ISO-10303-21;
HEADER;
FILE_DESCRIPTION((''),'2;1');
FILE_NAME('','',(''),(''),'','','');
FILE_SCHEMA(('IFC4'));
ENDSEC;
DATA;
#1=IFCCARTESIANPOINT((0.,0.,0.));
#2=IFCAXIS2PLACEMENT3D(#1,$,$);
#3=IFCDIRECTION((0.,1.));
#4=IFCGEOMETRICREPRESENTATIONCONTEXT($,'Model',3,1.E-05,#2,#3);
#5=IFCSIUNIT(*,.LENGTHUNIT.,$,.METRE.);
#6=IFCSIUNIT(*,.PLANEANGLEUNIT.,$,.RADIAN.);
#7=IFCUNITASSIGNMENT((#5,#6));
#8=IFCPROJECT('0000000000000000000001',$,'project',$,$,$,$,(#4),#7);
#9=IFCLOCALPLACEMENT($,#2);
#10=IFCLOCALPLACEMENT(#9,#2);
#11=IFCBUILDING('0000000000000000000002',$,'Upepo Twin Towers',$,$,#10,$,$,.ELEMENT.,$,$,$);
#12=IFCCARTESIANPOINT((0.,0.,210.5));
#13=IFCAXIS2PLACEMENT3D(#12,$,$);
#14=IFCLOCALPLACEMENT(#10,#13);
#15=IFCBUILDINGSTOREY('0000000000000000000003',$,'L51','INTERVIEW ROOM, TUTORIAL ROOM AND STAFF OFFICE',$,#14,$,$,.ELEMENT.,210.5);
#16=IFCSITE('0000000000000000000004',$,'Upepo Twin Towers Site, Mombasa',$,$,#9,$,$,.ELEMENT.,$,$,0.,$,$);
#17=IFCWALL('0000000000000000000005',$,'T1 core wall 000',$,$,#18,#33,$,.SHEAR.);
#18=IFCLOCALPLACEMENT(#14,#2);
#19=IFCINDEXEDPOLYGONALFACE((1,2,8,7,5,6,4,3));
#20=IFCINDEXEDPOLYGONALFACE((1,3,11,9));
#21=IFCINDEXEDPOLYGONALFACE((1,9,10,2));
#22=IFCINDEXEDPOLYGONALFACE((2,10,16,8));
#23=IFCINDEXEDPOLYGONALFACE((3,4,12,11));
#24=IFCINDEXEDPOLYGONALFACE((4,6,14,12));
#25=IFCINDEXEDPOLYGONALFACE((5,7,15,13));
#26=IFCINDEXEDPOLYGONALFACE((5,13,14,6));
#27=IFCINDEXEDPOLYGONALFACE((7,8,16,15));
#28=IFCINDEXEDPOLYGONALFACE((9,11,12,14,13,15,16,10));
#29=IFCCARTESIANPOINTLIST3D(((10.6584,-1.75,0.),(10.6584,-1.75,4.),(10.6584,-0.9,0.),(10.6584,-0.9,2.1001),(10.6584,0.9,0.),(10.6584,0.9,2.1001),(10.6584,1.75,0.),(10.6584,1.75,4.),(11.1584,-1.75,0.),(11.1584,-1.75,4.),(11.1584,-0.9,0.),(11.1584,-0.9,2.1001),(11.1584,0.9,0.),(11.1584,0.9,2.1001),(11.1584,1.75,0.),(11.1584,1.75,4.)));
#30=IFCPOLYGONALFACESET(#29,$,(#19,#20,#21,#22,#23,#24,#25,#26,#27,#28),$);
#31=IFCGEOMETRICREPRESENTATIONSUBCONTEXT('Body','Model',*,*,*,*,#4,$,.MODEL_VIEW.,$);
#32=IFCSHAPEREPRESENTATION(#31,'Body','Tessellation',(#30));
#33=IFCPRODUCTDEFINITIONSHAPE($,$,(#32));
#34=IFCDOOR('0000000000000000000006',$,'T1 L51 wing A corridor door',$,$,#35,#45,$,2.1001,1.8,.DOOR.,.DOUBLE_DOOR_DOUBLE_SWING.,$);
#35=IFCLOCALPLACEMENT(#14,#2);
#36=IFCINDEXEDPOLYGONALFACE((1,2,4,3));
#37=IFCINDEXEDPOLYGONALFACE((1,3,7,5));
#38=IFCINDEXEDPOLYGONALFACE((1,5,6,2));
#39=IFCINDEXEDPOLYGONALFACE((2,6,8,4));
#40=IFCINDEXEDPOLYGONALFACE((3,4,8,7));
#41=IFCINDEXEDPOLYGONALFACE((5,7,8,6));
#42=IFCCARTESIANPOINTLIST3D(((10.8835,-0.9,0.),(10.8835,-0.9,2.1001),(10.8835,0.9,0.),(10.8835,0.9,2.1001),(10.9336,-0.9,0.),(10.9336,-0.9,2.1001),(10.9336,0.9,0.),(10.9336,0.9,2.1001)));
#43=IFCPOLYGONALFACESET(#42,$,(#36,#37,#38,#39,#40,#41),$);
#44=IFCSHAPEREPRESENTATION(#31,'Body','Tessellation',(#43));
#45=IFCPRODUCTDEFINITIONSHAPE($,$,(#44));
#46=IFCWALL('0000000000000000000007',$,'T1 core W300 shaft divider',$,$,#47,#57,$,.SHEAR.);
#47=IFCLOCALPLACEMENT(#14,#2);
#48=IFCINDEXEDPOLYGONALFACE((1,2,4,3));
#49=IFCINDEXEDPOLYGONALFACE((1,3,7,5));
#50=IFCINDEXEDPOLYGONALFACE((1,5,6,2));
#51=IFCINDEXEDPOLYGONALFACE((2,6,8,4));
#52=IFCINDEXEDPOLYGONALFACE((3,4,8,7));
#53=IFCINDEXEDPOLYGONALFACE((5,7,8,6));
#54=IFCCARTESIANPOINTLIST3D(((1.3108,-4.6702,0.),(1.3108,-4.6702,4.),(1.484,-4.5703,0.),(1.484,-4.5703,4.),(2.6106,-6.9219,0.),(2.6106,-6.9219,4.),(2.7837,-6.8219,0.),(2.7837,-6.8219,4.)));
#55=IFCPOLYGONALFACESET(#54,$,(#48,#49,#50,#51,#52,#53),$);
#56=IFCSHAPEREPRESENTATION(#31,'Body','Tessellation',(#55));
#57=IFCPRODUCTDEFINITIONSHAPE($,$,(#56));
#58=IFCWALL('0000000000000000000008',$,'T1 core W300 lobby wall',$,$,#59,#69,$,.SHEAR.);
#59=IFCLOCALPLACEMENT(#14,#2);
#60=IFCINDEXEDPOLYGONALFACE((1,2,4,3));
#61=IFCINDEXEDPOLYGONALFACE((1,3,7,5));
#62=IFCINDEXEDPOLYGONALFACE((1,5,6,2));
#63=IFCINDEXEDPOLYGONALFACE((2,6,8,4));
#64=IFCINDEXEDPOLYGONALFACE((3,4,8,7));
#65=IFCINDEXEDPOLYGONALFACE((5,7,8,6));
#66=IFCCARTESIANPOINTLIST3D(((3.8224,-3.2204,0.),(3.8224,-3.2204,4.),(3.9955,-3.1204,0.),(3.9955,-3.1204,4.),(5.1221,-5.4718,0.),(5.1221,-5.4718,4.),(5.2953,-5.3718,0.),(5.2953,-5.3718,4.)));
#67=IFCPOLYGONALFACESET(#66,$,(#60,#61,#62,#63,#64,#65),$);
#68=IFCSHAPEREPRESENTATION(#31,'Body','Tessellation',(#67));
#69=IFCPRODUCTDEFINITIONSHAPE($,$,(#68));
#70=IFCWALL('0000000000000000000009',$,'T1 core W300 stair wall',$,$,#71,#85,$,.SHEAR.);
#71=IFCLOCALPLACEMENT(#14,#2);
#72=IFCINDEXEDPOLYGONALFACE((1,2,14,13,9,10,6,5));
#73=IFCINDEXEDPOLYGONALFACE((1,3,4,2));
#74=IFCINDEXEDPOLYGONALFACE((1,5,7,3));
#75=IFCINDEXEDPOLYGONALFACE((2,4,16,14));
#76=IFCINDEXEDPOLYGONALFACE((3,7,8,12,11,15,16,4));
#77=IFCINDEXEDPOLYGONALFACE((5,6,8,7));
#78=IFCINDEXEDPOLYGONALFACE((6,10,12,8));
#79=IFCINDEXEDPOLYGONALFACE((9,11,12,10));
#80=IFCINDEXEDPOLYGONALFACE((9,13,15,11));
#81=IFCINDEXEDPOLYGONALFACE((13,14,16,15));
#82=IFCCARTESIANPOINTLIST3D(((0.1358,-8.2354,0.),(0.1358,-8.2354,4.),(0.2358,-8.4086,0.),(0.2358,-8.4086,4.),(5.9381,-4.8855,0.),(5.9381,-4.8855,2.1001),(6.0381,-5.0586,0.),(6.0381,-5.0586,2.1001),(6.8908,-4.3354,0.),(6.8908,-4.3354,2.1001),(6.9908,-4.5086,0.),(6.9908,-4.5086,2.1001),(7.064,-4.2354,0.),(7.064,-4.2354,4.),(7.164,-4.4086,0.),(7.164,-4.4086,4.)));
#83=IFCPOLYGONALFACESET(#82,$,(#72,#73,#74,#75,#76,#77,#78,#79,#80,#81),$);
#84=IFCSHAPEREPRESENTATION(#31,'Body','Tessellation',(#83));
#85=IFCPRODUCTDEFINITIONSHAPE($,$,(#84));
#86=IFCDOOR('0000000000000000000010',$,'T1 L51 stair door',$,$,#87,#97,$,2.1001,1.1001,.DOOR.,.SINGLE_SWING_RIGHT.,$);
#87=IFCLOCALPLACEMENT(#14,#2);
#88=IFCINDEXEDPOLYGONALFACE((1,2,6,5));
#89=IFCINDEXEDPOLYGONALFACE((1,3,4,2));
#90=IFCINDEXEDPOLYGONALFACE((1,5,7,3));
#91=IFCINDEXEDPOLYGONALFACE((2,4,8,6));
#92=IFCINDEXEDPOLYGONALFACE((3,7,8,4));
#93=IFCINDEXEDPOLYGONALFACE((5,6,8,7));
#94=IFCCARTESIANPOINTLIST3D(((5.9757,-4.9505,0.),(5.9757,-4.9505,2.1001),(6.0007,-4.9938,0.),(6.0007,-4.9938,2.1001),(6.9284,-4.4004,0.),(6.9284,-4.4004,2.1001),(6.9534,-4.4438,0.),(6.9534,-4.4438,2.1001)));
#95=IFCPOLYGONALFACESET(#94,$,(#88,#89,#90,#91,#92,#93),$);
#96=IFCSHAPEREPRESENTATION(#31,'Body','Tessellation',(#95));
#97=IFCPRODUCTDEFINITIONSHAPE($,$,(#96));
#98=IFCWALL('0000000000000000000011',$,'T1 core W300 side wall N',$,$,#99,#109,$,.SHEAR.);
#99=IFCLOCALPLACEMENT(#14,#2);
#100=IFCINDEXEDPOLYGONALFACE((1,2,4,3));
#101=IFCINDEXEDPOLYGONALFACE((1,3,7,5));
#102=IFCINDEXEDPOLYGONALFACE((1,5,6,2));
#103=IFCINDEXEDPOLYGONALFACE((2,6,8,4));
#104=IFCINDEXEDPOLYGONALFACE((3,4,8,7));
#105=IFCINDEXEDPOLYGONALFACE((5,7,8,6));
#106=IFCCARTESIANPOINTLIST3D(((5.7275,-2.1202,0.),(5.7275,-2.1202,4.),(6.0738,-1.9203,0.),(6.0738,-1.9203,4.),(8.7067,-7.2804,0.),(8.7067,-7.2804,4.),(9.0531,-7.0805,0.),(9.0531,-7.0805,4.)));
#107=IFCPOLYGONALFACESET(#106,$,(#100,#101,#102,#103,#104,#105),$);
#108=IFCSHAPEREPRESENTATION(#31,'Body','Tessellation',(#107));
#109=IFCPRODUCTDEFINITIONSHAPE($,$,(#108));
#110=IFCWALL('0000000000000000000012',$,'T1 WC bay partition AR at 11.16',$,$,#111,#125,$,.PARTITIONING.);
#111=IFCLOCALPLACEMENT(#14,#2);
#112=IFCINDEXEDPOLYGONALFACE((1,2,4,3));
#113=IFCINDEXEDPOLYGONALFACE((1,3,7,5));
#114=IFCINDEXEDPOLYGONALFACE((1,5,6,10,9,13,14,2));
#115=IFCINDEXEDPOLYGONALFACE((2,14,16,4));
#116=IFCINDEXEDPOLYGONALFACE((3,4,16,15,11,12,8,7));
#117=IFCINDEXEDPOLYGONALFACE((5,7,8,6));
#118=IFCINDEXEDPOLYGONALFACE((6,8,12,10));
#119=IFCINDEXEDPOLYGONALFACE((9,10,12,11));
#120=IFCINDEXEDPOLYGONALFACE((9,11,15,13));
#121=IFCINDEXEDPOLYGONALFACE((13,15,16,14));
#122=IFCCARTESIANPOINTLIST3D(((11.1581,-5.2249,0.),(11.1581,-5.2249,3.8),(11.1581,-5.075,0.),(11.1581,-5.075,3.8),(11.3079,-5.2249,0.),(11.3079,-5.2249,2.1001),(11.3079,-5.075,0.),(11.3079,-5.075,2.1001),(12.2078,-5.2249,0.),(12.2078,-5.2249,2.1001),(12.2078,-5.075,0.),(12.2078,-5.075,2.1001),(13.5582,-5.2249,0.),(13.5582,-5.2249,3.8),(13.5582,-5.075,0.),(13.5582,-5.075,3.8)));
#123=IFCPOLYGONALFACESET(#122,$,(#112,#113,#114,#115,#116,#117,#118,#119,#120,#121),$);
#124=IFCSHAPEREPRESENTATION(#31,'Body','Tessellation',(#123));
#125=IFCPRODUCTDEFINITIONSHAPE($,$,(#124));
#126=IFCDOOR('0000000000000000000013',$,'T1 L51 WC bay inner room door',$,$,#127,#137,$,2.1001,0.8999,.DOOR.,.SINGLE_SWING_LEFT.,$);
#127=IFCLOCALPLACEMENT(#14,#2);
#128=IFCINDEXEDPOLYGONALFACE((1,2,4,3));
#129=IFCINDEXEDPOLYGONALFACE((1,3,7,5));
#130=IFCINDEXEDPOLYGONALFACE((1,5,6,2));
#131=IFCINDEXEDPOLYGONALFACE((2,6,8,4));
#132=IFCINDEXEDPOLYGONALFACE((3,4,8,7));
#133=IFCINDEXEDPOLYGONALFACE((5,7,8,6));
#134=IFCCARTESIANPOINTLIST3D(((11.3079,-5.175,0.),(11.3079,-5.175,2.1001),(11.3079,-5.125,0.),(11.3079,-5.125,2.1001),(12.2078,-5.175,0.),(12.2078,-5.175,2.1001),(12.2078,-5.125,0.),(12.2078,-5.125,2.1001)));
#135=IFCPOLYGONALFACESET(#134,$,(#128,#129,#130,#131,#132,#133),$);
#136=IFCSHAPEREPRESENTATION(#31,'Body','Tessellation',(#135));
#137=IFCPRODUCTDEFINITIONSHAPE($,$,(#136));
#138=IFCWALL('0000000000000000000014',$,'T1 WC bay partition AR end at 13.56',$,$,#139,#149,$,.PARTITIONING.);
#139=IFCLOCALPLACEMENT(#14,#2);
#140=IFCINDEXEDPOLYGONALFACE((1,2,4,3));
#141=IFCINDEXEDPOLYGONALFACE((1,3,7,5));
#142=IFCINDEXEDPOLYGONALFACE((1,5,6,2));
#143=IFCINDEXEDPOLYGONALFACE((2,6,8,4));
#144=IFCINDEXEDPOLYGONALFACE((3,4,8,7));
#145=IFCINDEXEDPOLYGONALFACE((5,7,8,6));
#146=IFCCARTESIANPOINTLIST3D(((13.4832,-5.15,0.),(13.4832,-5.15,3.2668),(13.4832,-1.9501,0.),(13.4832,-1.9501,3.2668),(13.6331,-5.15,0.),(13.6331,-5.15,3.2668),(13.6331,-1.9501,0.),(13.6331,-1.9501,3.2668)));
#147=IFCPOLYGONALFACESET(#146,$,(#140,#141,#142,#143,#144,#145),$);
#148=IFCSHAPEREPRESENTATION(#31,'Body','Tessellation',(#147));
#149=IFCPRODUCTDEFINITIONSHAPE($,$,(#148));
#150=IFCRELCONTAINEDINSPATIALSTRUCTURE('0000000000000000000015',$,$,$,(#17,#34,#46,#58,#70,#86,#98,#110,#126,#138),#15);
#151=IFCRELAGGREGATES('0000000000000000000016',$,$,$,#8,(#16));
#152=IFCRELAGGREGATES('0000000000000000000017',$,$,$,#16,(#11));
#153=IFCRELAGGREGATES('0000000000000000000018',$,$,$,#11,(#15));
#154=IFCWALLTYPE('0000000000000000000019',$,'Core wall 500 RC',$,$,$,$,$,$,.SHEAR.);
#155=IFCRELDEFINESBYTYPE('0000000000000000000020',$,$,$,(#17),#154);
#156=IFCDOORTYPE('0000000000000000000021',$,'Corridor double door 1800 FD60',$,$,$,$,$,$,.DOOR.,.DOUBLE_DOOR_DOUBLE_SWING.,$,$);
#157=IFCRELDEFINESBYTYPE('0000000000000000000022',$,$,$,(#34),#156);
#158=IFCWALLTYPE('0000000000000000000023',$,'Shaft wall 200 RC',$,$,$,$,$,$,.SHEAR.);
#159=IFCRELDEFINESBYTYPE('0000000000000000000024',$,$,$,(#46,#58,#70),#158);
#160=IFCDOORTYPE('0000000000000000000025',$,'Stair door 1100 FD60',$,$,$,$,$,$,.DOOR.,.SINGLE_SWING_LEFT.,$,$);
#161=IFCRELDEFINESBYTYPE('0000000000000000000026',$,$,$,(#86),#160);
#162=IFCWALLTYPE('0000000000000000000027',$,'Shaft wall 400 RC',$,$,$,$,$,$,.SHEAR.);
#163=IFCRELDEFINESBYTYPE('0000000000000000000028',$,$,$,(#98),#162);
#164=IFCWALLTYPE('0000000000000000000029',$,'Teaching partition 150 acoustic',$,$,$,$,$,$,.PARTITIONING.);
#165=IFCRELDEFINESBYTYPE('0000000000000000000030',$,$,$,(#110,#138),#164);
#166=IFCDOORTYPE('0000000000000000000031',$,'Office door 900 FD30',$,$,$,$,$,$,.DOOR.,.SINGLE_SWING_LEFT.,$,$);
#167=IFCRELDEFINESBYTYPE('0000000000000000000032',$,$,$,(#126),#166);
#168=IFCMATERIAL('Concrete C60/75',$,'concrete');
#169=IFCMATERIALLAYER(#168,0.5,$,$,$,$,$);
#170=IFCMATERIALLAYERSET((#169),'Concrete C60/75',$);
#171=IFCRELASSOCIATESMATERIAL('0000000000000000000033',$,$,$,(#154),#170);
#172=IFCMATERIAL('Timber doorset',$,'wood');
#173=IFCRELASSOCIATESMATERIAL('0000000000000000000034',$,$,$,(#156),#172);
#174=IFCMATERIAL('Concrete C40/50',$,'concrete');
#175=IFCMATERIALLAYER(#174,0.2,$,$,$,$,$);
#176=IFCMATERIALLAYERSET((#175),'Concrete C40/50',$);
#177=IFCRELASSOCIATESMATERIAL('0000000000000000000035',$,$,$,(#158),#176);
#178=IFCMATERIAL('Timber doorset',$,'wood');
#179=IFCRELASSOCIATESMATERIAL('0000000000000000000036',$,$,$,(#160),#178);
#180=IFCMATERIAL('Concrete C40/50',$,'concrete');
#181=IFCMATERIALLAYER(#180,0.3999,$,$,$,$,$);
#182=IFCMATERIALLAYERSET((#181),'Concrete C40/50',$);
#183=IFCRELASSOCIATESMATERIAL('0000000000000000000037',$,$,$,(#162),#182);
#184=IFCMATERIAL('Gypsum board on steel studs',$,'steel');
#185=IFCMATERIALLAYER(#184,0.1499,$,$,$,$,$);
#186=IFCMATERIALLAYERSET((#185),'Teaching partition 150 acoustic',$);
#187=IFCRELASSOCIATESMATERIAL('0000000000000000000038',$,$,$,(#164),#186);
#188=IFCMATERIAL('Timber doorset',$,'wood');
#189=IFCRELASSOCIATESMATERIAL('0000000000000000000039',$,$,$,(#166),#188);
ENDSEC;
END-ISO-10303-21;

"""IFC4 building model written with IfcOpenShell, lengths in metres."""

from ifc_helpers import new_model, si_unit, direction, frame, frame_2d, origin, place, context, subcontext, project, spatial, rectangle, extrude, material, layer, layer_set, type_object, element, fill, save


model = new_model("IFC4")

# Units and contexts
model_context = context("Model", 3, precision=1e-05, world=origin(), true_north=direction((0.0, 1.0)))
body_context = subcontext(model_context, "Body", "Model", "MODEL_VIEW")
ifc_project = project(units=[si_unit("LENGTHUNIT", "METRE"), si_unit("PLANEANGLEUNIT", "RADIAN")], contexts=[model_context])

# Site, building, storey
site_placement = place(None, origin())
site = spatial("IfcSite", under=ifc_project, at=site_placement, Name="Upepo Twin Towers Site, Mombasa", CompositionType="ELEMENT", RefElevation=0.0)
building_placement = place(site_placement, origin())
building = spatial("IfcBuilding", under=site, at=building_placement, Name="Upepo Twin Towers", CompositionType="ELEMENT")
storey_placement = place(building_placement, frame((0.0, 0.0, 210.5)))
storey = spatial("IfcBuildingStorey", under=building, at=storey_placement, Name="L51", Description="INTERVIEW ROOM, TUTORIAL ROOM AND STAFF OFFICE", CompositionType="ELEMENT", Elevation=210.5)

# Shared definitions
ifc_material_1 = material(Name="Concrete C60/75", Category="concrete")
ifc_layer_1 = layer(ifc_material_1, 0.5)
ifc_layer_set_1 = layer_set([ifc_layer_1], Name="Concrete C60/75")
wall_type_1 = type_object("IfcWallType", Name="Core wall 500 RC", PredefinedType="SHEAR", material=ifc_layer_set_1)

# Wall, opening, door
wall_1_placement = place(storey_placement, frame((10.9084, -1.75, 0.0), z_axis=(0.0, 0.0, 1.0), x_axis=(0.0, 1.0, 0.0)))
wall_1 = element("IfcWall", 1, at=wall_1_placement, inside=storey, type_object=wall_type_1, Name="T1 core wall 000", PredefinedType="SHEAR", context=body_context, shape_type="SweptSolid", body=[
    extrude(rectangle(XDim=3.5, YDim=0.5, at=frame_2d((1.75, 0.0))), origin(), (0.0, 0.0, 1.0), 4.0),
])
opening_1_placement = place(wall_1_placement, frame((0.8501, 0.0, 0.0)))
opening_1 = element("IfcOpeningElement", 2, at=opening_1_placement, cuts=wall_1, PredefinedType="OPENING", context=body_context, shape_type="SweptSolid", body=[
    extrude(rectangle(XDim=1.8, YDim=2.1001, at=frame_2d((0.8999, 1.05))), frame((0.0, 0.26, 0.0), z_axis=(0.0, -1.0, 0.0), x_axis=(1.0, 0.0, 0.0)), (0.0, 0.0, 1.0), 0.52),
])
ifc_material_2 = material(Name="Timber doorset", Category="wood")
door_type_1 = type_object("IfcDoorType", Name="Corridor double door 1800 FD60", OperationType="DOUBLE_DOOR_DOUBLE_SWING", PredefinedType="DOOR", material=ifc_material_2)
door_1_placement = place(opening_1_placement, origin())
door_1 = element("IfcDoor", 3, at=door_1_placement, inside=storey, type_object=door_type_1, Name="T1 L51 wing A corridor door", OperationType="DOUBLE_DOOR_DOUBLE_SWING", OverallHeight=2.1001, OverallWidth=1.8, PredefinedType="DOOR", context=body_context, shape_type="SweptSolid", body=[
    extrude(rectangle(XDim=1.8, YDim=2.1001, at=frame_2d((0.8999, 1.05))), frame((0.0, 0.0249, 0.0), z_axis=(0.0, -1.0, 0.0), x_axis=(1.0, 0.0, 0.0)), (0.0, 0.0, 1.0), 0.05),
])
fill(opening_1, door_1)

# Walls
ifc_material_3 = material(Name="Concrete C40/50", Category="concrete")
ifc_layer_2 = layer(ifc_material_3, 0.2)
ifc_layer_set_2 = layer_set([ifc_layer_2], Name="Concrete C40/50")
wall_type_2 = type_object("IfcWallType", Name="Shaft wall 200 RC", PredefinedType="SHEAR", material=ifc_layer_set_2)
wall_2_placement = place(storey_placement, frame((1.3975, -4.6204, 0.0), z_axis=(0.0, 0.0, 1.0), x_axis=(0.499937, -0.866062, 0.0)))
element("IfcWall", 4, at=wall_2_placement, inside=storey, type_object=wall_type_2, Name="T1 core W300 shaft divider", PredefinedType="SHEAR", context=body_context, shape_type="SweptSolid", body=[
    extrude(rectangle(XDim=2.5999, YDim=0.2, at=frame_2d((1.2998, 0.0))), origin(), (0.0, 0.0, 1.0), 4.0),
])
wall_3_placement = place(storey_placement, frame((3.9089, -3.1704, 0.0), z_axis=(0.0, 0.0, 1.0), x_axis=(0.499977, -0.866039, 0.0)))
element("IfcWall", 5, at=wall_3_placement, inside=storey, type_object=wall_type_2, Name="T1 core W300 lobby wall", PredefinedType="SHEAR", context=body_context, shape_type="SweptSolid", body=[
    extrude(rectangle(XDim=2.5996, YDim=0.2, at=frame_2d((1.2998, 0.0))), origin(), (0.0, 0.0, 1.0), 4.0),
])

# Wall, opening, door
wall_4_placement = place(storey_placement, frame((0.1858, -8.322, 0.0), z_axis=(0.0, 0.0, 1.0), x_axis=(0.866026, 0.499999, 0.0)))
wall_4 = element("IfcWall", 6, at=wall_4_placement, inside=storey, type_object=wall_type_2, Name="T1 core W300 stair wall", PredefinedType="SHEAR", context=body_context, shape_type="SweptSolid", body=[
    extrude(rectangle(XDim=8.0, YDim=0.2, at=frame_2d((4.0, 0.0))), origin(), (0.0, 0.0, 1.0), 4.0),
])
opening_2_placement = place(wall_4_placement, frame((6.7, 0.0, 0.0)))
opening_2 = element("IfcOpeningElement", 7, at=opening_2_placement, cuts=wall_4, PredefinedType="OPENING", context=body_context, shape_type="SweptSolid", body=[
    extrude(rectangle(XDim=1.1001, YDim=2.1001, at=frame_2d((0.55, 1.05))), frame((0.0, 0.1099, 0.0), z_axis=(0.0, -1.0, 0.0), x_axis=(1.0, 0.0, 0.0)), (0.0, 0.0, 1.0), 0.22),
])
ifc_material_4 = material(Name="Timber doorset", Category="wood")
door_type_2 = type_object("IfcDoorType", Name="Stair door 1100 FD60", OperationType="SINGLE_SWING_LEFT", PredefinedType="DOOR", material=ifc_material_4)
door_2_placement = place(opening_2_placement, origin())
door_2 = element("IfcDoor", 8, at=door_2_placement, inside=storey, type_object=door_type_2, Name="T1 L51 stair door", OperationType="SINGLE_SWING_RIGHT", OverallHeight=2.1001, OverallWidth=1.1001, PredefinedType="DOOR", context=body_context, shape_type="SweptSolid", body=[
    extrude(rectangle(XDim=1.1001, YDim=2.1001, at=frame_2d((0.55, 1.05))), frame((0.0, 0.0249, 0.0), z_axis=(0.0, -1.0, 0.0), x_axis=(1.0, 0.0, 0.0)), (0.0, 0.0, 1.0), 0.05),
])
fill(opening_2, door_2)

# Wall
ifc_material_5 = material(Name="Concrete C40/50", Category="concrete")
ifc_layer_3 = layer(ifc_material_5, 0.3999)
ifc_layer_set_3 = layer_set([ifc_layer_3], Name="Concrete C40/50")
wall_type_3 = type_object("IfcWallType", Name="Shaft wall 400 RC", PredefinedType="SHEAR", material=ifc_layer_set_3)
wall_5_placement = place(storey_placement, frame((5.9006, -2.0203, 0.0), z_axis=(0.0, 0.0, 1.0), x_axis=(0.500004, -0.866023, 0.0)))
element("IfcWall", 9, at=wall_5_placement, inside=storey, type_object=wall_type_3, Name="T1 core W300 side wall N", PredefinedType="SHEAR", context=body_context, shape_type="SweptSolid", body=[
    extrude(rectangle(XDim=5.9585, YDim=0.3999, at=frame_2d((2.9792, 0.0))), origin(), (0.0, 0.0, 1.0), 4.0),
])

# Wall, opening, door
ifc_material_6 = material(Name="Gypsum board on steel studs", Category="steel")
ifc_layer_4 = layer(ifc_material_6, 0.1499)
ifc_layer_set_4 = layer_set([ifc_layer_4], Name="Teaching partition 150 acoustic")
wall_type_4 = type_object("IfcWallType", Name="Teaching partition 150 acoustic", PredefinedType="PARTITIONING", material=ifc_layer_set_4)
wall_6_placement = place(storey_placement, frame((11.158, -5.1499, 0.0), z_axis=(0.0, 0.0, 1.0), x_axis=(1.0, 0.0, 0.0)))
wall_6 = element("IfcWall", 10, at=wall_6_placement, inside=storey, type_object=wall_type_4, Name="T1 WC bay partition AR at 11.16", PredefinedType="PARTITIONING", context=body_context, shape_type="SweptSolid", body=[
    extrude(rectangle(XDim=2.4001, YDim=0.1499, at=frame_2d((1.2002, 0.0))), origin(), (0.0, 0.0, 1.0), 3.8),
])
opening_3_placement = place(wall_6_placement, frame((0.1499, 0.0, 0.0)))
opening_3 = element("IfcOpeningElement", 11, at=opening_3_placement, cuts=wall_6, PredefinedType="OPENING", context=body_context, shape_type="SweptSolid", body=[
    extrude(rectangle(XDim=0.8999, YDim=2.1001, at=frame_2d((0.45, 1.05))), frame((0.0, 0.085, 0.0), z_axis=(0.0, -1.0, 0.0), x_axis=(1.0, 0.0, 0.0)), (0.0, 0.0, 1.0), 0.1699),
])
ifc_material_7 = material(Name="Timber doorset", Category="wood")
door_type_3 = type_object("IfcDoorType", Name="Office door 900 FD30", OperationType="SINGLE_SWING_LEFT", PredefinedType="DOOR", material=ifc_material_7)
door_3_placement = place(opening_3_placement, origin())
door_3 = element("IfcDoor", 12, at=door_3_placement, inside=storey, type_object=door_type_3, Name="T1 L51 WC bay inner room door", OperationType="SINGLE_SWING_LEFT", OverallHeight=2.1001, OverallWidth=0.8999, PredefinedType="DOOR", context=body_context, shape_type="SweptSolid", body=[
    extrude(rectangle(XDim=0.8999, YDim=2.1001, at=frame_2d((0.45, 1.05))), frame((0.0, 0.0249, 0.0), z_axis=(0.0, -1.0, 0.0), x_axis=(1.0, 0.0, 0.0)), (0.0, 0.0, 1.0), 0.05),
])
fill(opening_3, door_3)

# Wall
wall_7_placement = place(storey_placement, frame((13.5581, -1.95, 0.0), z_axis=(0.0, 0.0, 1.0), x_axis=(0.0, -1.0, 0.0)))
element("IfcWall", 13, at=wall_7_placement, inside=storey, type_object=wall_type_4, Name="T1 WC bay partition AR end at 13.56", PredefinedType="PARTITIONING", context=body_context, shape_type="SweptSolid", body=[
    extrude(rectangle(XDim=3.2, YDim=0.1499, at=frame_2d((1.6001, 0.0))), origin(), (0.0, 0.0, 1.0), 3.2668),
])

save(model, "model.ifc")
